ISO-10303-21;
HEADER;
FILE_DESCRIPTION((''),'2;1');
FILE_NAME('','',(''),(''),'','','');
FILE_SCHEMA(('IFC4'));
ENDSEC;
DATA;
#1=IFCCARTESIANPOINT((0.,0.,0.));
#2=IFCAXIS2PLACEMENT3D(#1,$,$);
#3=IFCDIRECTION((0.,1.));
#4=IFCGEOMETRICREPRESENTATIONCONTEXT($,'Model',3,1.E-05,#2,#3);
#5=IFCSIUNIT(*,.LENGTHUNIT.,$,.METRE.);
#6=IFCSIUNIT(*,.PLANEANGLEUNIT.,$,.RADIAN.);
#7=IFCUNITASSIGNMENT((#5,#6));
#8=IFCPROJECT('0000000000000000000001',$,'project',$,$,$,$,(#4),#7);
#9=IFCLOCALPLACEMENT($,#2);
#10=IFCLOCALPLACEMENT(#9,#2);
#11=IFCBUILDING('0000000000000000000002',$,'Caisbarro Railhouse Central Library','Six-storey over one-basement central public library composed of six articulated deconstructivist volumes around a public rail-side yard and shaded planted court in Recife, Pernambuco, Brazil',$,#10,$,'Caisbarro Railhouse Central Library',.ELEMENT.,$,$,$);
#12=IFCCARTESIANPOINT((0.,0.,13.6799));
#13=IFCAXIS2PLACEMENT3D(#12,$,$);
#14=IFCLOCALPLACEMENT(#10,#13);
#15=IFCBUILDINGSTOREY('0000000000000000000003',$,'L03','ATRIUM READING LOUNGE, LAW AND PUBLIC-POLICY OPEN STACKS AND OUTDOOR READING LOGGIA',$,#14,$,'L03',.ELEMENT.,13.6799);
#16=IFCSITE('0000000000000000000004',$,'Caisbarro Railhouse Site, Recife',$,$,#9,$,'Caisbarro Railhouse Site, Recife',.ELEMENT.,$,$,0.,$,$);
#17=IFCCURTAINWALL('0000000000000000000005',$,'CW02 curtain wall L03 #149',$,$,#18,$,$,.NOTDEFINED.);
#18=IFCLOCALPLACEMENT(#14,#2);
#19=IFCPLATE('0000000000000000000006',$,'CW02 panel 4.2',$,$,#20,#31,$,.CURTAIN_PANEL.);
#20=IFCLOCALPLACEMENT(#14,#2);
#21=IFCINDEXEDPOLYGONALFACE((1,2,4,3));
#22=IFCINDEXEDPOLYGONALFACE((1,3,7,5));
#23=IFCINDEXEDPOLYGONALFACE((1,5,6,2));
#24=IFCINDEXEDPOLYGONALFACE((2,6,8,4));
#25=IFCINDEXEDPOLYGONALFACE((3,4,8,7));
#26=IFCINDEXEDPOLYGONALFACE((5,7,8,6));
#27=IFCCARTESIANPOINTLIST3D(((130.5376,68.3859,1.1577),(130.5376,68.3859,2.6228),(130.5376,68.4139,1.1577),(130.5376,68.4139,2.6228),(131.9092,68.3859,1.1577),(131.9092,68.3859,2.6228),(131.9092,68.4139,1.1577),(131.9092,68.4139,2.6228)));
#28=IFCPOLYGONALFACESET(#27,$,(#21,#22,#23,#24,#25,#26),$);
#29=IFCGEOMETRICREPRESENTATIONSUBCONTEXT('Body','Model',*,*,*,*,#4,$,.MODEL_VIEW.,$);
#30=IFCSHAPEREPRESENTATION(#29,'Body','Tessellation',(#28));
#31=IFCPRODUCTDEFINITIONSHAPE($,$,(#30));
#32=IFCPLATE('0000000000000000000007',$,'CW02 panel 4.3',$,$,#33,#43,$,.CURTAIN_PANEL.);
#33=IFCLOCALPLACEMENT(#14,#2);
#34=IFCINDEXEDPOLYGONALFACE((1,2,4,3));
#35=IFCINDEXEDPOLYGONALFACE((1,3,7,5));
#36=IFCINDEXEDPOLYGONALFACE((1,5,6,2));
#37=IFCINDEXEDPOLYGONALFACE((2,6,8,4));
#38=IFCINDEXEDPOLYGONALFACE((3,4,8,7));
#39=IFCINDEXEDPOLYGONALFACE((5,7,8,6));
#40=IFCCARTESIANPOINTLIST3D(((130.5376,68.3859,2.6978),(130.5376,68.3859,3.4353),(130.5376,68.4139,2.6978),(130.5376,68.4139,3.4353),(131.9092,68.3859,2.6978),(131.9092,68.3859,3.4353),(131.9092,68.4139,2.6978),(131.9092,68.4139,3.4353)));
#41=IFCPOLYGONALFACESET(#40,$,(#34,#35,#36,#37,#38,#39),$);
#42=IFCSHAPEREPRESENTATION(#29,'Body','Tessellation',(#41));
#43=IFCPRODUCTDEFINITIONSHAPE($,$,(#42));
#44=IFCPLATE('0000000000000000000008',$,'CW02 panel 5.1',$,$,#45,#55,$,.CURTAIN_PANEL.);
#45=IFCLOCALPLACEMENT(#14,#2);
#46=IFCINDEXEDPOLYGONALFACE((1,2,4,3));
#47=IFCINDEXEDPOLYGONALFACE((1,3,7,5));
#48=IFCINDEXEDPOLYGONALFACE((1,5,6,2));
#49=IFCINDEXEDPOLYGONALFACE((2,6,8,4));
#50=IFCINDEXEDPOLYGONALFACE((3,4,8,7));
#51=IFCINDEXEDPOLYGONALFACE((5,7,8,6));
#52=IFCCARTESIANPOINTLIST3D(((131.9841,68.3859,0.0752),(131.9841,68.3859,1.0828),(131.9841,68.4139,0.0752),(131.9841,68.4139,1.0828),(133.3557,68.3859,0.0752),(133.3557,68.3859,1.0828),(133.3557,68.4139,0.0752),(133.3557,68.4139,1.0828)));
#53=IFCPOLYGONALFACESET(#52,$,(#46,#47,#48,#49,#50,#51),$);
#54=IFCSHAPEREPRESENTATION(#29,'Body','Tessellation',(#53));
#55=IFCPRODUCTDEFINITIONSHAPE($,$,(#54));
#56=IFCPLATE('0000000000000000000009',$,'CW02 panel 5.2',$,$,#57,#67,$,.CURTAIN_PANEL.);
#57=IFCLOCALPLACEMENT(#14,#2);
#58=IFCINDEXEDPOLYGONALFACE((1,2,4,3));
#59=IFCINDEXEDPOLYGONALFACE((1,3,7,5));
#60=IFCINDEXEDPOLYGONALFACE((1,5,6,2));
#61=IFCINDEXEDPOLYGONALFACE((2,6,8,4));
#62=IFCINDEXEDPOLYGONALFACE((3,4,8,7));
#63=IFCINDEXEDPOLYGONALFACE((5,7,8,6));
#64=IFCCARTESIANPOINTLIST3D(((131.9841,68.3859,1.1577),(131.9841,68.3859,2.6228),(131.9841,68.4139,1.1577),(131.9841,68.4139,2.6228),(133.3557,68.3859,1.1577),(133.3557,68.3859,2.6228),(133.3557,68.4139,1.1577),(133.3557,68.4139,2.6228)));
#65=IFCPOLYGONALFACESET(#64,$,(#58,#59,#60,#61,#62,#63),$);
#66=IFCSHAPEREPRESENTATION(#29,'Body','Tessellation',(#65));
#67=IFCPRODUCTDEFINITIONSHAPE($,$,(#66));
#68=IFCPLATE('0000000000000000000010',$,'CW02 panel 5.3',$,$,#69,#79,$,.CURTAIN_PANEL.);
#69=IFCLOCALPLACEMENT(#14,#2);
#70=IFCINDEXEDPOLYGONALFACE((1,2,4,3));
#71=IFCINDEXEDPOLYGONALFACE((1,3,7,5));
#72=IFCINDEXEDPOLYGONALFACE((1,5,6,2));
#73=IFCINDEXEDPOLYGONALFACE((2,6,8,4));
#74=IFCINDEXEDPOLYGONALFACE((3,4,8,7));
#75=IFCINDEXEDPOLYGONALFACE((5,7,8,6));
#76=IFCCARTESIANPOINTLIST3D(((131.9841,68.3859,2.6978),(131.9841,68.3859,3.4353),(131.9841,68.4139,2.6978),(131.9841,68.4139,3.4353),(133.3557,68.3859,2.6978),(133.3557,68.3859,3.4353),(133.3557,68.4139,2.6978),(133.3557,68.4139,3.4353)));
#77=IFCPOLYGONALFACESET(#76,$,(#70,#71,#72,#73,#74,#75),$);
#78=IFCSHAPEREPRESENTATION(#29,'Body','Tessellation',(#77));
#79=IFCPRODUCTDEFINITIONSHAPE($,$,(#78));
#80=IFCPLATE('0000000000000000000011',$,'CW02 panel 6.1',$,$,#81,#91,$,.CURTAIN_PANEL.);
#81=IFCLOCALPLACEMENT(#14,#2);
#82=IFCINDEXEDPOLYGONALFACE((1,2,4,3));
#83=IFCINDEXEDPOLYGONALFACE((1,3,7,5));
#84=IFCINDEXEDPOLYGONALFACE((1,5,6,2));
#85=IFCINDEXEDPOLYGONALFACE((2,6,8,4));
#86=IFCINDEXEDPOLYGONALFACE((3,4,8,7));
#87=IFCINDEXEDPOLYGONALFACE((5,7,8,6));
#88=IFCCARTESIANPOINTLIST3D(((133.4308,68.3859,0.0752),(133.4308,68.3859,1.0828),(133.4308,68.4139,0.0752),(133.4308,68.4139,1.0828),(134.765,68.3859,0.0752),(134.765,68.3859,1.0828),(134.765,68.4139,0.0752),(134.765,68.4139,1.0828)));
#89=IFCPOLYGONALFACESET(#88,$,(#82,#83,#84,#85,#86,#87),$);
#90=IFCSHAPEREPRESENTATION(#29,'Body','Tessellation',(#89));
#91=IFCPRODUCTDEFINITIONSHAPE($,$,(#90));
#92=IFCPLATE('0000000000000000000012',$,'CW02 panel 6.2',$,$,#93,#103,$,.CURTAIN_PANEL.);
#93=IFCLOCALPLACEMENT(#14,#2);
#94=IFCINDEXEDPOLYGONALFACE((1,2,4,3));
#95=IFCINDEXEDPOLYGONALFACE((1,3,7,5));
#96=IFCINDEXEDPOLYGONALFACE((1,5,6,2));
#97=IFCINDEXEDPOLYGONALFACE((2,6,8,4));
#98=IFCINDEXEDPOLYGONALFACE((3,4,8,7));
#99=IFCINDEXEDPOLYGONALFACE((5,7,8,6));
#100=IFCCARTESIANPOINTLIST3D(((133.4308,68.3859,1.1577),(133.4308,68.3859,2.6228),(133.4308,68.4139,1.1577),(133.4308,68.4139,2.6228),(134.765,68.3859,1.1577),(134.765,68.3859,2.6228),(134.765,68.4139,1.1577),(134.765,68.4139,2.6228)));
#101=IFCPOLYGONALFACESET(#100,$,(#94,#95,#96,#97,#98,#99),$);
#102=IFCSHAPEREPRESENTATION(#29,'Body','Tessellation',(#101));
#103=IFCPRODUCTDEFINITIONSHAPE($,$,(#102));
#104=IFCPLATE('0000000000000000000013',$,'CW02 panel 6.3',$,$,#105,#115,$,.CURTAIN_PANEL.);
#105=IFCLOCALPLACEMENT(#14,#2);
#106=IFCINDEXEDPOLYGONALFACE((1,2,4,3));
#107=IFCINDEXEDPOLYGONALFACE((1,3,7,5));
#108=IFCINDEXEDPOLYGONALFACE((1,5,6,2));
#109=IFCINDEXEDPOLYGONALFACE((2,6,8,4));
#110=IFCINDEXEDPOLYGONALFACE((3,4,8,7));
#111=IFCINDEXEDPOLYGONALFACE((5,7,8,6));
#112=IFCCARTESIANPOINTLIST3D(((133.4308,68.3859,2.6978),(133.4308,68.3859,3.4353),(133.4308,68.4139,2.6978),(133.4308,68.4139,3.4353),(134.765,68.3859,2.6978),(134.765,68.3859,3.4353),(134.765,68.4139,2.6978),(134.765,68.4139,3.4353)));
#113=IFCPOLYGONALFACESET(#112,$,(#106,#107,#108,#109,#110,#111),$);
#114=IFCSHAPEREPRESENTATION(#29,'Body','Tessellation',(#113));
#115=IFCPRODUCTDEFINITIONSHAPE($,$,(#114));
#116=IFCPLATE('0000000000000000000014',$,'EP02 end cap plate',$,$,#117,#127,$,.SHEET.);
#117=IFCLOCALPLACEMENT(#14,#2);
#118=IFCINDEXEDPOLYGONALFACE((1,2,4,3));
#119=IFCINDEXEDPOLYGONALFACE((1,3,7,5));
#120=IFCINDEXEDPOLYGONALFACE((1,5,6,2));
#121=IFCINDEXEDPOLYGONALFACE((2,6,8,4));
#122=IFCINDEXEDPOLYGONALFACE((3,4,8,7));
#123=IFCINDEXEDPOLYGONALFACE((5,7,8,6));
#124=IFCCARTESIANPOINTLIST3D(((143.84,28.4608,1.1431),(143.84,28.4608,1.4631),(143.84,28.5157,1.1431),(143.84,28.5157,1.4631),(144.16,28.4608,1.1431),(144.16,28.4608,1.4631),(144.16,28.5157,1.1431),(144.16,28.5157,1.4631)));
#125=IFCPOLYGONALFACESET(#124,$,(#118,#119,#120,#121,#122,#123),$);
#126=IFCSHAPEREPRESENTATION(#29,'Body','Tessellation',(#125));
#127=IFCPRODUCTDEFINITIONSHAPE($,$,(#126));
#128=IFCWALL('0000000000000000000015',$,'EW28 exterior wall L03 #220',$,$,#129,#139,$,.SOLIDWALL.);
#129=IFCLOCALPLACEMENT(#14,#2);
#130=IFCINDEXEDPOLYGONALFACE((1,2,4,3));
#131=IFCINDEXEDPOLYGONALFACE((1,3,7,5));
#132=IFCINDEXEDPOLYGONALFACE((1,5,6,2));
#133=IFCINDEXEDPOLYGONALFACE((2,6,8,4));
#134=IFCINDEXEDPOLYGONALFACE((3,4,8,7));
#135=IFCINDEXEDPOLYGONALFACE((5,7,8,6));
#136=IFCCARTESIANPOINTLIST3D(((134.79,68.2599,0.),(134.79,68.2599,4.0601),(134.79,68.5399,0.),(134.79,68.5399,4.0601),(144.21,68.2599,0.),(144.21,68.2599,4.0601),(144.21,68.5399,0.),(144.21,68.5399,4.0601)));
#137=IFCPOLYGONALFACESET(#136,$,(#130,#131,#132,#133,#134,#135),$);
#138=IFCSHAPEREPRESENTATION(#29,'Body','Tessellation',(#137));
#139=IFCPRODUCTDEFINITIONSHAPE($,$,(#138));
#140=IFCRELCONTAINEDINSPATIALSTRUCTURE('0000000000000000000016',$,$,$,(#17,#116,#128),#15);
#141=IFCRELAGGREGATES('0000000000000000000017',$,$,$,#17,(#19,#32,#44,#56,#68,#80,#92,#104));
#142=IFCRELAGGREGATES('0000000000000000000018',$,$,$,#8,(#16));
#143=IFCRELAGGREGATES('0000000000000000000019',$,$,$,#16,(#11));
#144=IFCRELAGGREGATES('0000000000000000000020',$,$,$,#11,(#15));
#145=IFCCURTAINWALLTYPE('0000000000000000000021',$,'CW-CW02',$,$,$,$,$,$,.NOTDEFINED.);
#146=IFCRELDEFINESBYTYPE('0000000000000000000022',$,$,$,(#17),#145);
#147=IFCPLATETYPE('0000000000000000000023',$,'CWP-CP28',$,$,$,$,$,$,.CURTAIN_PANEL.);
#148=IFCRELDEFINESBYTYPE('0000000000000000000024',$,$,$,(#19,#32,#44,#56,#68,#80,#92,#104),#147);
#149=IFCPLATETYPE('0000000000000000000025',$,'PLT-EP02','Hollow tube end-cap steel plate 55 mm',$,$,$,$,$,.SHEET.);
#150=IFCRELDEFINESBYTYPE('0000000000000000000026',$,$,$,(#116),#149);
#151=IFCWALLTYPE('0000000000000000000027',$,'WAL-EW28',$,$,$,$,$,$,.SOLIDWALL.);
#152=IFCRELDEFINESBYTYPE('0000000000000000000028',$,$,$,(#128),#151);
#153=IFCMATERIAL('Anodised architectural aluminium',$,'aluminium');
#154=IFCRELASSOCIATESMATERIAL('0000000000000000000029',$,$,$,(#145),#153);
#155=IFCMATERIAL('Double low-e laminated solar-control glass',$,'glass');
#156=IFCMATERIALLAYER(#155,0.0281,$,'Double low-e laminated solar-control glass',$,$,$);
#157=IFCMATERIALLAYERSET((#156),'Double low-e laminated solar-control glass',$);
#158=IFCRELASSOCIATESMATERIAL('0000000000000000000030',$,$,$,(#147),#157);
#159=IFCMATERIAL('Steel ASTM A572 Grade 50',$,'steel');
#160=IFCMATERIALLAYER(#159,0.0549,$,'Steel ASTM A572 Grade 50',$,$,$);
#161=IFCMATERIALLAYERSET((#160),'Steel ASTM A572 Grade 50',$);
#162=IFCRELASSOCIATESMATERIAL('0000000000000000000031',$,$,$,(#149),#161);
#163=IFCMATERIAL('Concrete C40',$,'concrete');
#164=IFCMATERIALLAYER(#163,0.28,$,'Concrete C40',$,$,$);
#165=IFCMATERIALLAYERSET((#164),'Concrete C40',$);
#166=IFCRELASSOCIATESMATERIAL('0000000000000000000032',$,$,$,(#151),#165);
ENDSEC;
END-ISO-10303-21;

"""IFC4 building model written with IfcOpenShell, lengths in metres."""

from ifc_helpers import new_model, si_unit, direction, frame, frame_2d, origin, origin_2d, place, context, subcontext, project, spatial, rectangle, extrude, material, layer, layer_set, type_object, element, aggregate, save


model = new_model("IFC4")

# Units and contexts
model_context = context("Model", 3, precision=1e-05, world=origin(), true_north=direction((0.0, 1.0)))
body_context = subcontext(model_context, "Body", "Model", "MODEL_VIEW")
ifc_project = project(units=[si_unit("LENGTHUNIT", "METRE"), si_unit("PLANEANGLEUNIT", "RADIAN")], contexts=[model_context])

# Site, building, storey
site_placement = place(None, origin())
site = spatial("IfcSite", under=ifc_project, at=site_placement, Name="Caisbarro Railhouse Site, Recife", LongName="Caisbarro Railhouse Site, Recife", CompositionType="ELEMENT", RefElevation=0.0)
building_placement = place(site_placement, origin())
building = spatial("IfcBuilding", under=site, at=building_placement, Name="Caisbarro Railhouse Central Library", Description="Six-storey over one-basement central public library composed of six articulated deconstructivist volumes around a public rail-side yard and shaded planted court in Recife, Pernambuco, Brazil", LongName="Caisbarro Railhouse Central Library", CompositionType="ELEMENT")
storey_placement = place(building_placement, frame((0.0, 0.0, 13.6799)))
storey = spatial("IfcBuildingStorey", under=building, at=storey_placement, Name="L03", Description="ATRIUM READING LOUNGE, LAW AND PUBLIC-POLICY OPEN STACKS AND OUTDOOR READING LOGGIA", LongName="L03", CompositionType="ELEMENT", Elevation=13.6799)

# Shared definitions
ifc_material_1 = material(Name="Steel ASTM A572 Grade 50", Category="steel")

# Curtain wall, plates
ifc_material_2 = material(Name="Anodised architectural aluminium", Category="aluminium")
curtain_wall_type = type_object("IfcCurtainWallType", Name="CW-CW02", PredefinedType="NOTDEFINED", material=ifc_material_2)
curtain_wall_placement = place(storey_placement, origin())
curtain_wall = element("IfcCurtainWall", 1, at=curtain_wall_placement, inside=storey, type_object=curtain_wall_type, Name="CW02 curtain wall L03 #149", PredefinedType="NOTDEFINED")
ifc_material_3 = material(Name="Double low-e laminated solar-control glass", Category="glass")
ifc_layer_1 = layer(ifc_material_3, 0.0281, Name="Double low-e laminated solar-control glass")
ifc_layer_set_1 = layer_set([ifc_layer_1], Name="Double low-e laminated solar-control glass")
plate_type_1 = type_object("IfcPlateType", Name="CWP-CP28", PredefinedType="CURTAIN_PANEL", material=ifc_layer_set_1)
plate_1_placement = place(storey_placement, frame((131.2234, 68.3999, 1.1577), z_axis=(0.0, 0.0, 1.0), x_axis=(1.0, 0.0, 0.0)))
plate_1 = element("IfcPlate", 2, at=plate_1_placement, type_object=plate_type_1, Name="CW02 panel 4.2", PredefinedType="CURTAIN_PANEL", context=body_context, shape_type="SweptSolid", body=[
    extrude(rectangle(XDim=1.3716, YDim=0.0281, at=origin_2d()), origin(), (0.0, 0.0, 1.0), 1.4651),
])
plate_2_placement = place(storey_placement, frame((131.2234, 68.3999, 2.6978), z_axis=(0.0, 0.0, 1.0), x_axis=(1.0, 0.0, 0.0)))
plate_2 = element("IfcPlate", 3, at=plate_2_placement, type_object=plate_type_1, Name="CW02 panel 4.3", PredefinedType="CURTAIN_PANEL", context=body_context, shape_type="SweptSolid", body=[
    extrude(rectangle(XDim=1.3716, YDim=0.0281, at=origin_2d()), origin(), (0.0, 0.0, 1.0), 0.7375),
])
plate_3_placement = place(storey_placement, frame((132.6699, 68.3999, 0.0752), z_axis=(0.0, 0.0, 1.0), x_axis=(1.0, 0.0, 0.0)))
plate_3 = element("IfcPlate", 4, at=plate_3_placement, type_object=plate_type_1, Name="CW02 panel 5.1", PredefinedType="CURTAIN_PANEL", context=body_context, shape_type="SweptSolid", body=[
    extrude(rectangle(XDim=1.3716, YDim=0.0281, at=origin_2d()), origin(), (0.0, 0.0, 1.0), 1.0076),
])
plate_4_placement = place(storey_placement, frame((132.6699, 68.3999, 1.1577), z_axis=(0.0, 0.0, 1.0), x_axis=(1.0, 0.0, 0.0)))
plate_4 = element("IfcPlate", 5, at=plate_4_placement, type_object=plate_type_1, Name="CW02 panel 5.2", PredefinedType="CURTAIN_PANEL", context=body_context, shape_type="SweptSolid", body=[
    extrude(rectangle(XDim=1.3716, YDim=0.0281, at=origin_2d()), origin(), (0.0, 0.0, 1.0), 1.4651),
])
plate_5_placement = place(storey_placement, frame((132.6699, 68.3999, 2.6978), z_axis=(0.0, 0.0, 1.0), x_axis=(1.0, 0.0, 0.0)))
plate_5 = element("IfcPlate", 6, at=plate_5_placement, type_object=plate_type_1, Name="CW02 panel 5.3", PredefinedType="CURTAIN_PANEL", context=body_context, shape_type="SweptSolid", body=[
    extrude(rectangle(XDim=1.3716, YDim=0.0281, at=origin_2d()), origin(), (0.0, 0.0, 1.0), 0.7375),
])
plate_6_placement = place(storey_placement, frame((134.0979, 68.3999, 0.0752), z_axis=(0.0, 0.0, 1.0), x_axis=(1.0, 0.0, 0.0)))
plate_6 = element("IfcPlate", 7, at=plate_6_placement, type_object=plate_type_1, Name="CW02 panel 6.1", PredefinedType="CURTAIN_PANEL", context=body_context, shape_type="SweptSolid", body=[
    extrude(rectangle(XDim=1.3342, YDim=0.0281, at=origin_2d()), origin(), (0.0, 0.0, 1.0), 1.0076),
])
plate_7_placement = place(storey_placement, frame((134.0979, 68.3999, 1.1577), z_axis=(0.0, 0.0, 1.0), x_axis=(1.0, 0.0, 0.0)))
plate_7 = element("IfcPlate", 8, at=plate_7_placement, type_object=plate_type_1, Name="CW02 panel 6.2", PredefinedType="CURTAIN_PANEL", context=body_context, shape_type="SweptSolid", body=[
    extrude(rectangle(XDim=1.3342, YDim=0.0281, at=origin_2d()), origin(), (0.0, 0.0, 1.0), 1.4651),
])
plate_8_placement = place(storey_placement, frame((134.0979, 68.3999, 2.6978), z_axis=(0.0, 0.0, 1.0), x_axis=(1.0, 0.0, 0.0)))
plate_8 = element("IfcPlate", 9, at=plate_8_placement, type_object=plate_type_1, Name="CW02 panel 6.3", PredefinedType="CURTAIN_PANEL", context=body_context, shape_type="SweptSolid", body=[
    extrude(rectangle(XDim=1.3342, YDim=0.0281, at=origin_2d()), origin(), (0.0, 0.0, 1.0), 0.7375),
])
aggregate(curtain_wall, [plate_1, plate_2, plate_3, plate_4, plate_5, plate_6, plate_7, plate_8])

# Plate
ifc_layer_2 = layer(ifc_material_1, 0.0549, Name="Steel ASTM A572 Grade 50")
ifc_layer_set_2 = layer_set([ifc_layer_2], Name="Steel ASTM A572 Grade 50")
plate_type_2 = type_object("IfcPlateType", Name="PLT-EP02", Description="Hollow tube end-cap steel plate 55 mm", PredefinedType="SHEET", material=ifc_layer_set_2)
plate_9_placement = place(storey_placement, frame((144.0, 28.4883, 1.1431), z_axis=(0.0, 0.0, 1.0), x_axis=(0.0, 1.0, 0.0)))
element("IfcPlate", 10, at=plate_9_placement, inside=storey, type_object=plate_type_2, Name="EP02 end cap plate", PredefinedType="SHEET", context=body_context, shape_type="SweptSolid", body=[
    extrude(rectangle(XDim=0.0549, YDim=0.3201, at=origin_2d()), origin(), (0.0, 0.0, 1.0), 0.3201),
])

# Wall
ifc_material_4 = material(Name="Concrete C40", Category="concrete")
ifc_layer_3 = layer(ifc_material_4, 0.28, Name="Concrete C40")
ifc_layer_set_3 = layer_set([ifc_layer_3], Name="Concrete C40")
wall_type = type_object("IfcWallType", Name="WAL-EW28", PredefinedType="SOLIDWALL", material=ifc_layer_set_3)
wall_placement = place(storey_placement, frame((134.79, 68.3999, 0.0), z_axis=(0.0, 0.0, 1.0), x_axis=(1.0, 0.0, 0.0)))
element("IfcWall", 11, at=wall_placement, inside=storey, type_object=wall_type, Name="EW28 exterior wall L03 #220", PredefinedType="SOLIDWALL", context=body_context, shape_type="SweptSolid", body=[
    extrude(rectangle(XDim=9.4199, YDim=0.28, at=frame_2d((4.71, 0.0))), origin(), (0.0, 0.0, 1.0), 4.0601),
])

save(model, "model.ifc")
